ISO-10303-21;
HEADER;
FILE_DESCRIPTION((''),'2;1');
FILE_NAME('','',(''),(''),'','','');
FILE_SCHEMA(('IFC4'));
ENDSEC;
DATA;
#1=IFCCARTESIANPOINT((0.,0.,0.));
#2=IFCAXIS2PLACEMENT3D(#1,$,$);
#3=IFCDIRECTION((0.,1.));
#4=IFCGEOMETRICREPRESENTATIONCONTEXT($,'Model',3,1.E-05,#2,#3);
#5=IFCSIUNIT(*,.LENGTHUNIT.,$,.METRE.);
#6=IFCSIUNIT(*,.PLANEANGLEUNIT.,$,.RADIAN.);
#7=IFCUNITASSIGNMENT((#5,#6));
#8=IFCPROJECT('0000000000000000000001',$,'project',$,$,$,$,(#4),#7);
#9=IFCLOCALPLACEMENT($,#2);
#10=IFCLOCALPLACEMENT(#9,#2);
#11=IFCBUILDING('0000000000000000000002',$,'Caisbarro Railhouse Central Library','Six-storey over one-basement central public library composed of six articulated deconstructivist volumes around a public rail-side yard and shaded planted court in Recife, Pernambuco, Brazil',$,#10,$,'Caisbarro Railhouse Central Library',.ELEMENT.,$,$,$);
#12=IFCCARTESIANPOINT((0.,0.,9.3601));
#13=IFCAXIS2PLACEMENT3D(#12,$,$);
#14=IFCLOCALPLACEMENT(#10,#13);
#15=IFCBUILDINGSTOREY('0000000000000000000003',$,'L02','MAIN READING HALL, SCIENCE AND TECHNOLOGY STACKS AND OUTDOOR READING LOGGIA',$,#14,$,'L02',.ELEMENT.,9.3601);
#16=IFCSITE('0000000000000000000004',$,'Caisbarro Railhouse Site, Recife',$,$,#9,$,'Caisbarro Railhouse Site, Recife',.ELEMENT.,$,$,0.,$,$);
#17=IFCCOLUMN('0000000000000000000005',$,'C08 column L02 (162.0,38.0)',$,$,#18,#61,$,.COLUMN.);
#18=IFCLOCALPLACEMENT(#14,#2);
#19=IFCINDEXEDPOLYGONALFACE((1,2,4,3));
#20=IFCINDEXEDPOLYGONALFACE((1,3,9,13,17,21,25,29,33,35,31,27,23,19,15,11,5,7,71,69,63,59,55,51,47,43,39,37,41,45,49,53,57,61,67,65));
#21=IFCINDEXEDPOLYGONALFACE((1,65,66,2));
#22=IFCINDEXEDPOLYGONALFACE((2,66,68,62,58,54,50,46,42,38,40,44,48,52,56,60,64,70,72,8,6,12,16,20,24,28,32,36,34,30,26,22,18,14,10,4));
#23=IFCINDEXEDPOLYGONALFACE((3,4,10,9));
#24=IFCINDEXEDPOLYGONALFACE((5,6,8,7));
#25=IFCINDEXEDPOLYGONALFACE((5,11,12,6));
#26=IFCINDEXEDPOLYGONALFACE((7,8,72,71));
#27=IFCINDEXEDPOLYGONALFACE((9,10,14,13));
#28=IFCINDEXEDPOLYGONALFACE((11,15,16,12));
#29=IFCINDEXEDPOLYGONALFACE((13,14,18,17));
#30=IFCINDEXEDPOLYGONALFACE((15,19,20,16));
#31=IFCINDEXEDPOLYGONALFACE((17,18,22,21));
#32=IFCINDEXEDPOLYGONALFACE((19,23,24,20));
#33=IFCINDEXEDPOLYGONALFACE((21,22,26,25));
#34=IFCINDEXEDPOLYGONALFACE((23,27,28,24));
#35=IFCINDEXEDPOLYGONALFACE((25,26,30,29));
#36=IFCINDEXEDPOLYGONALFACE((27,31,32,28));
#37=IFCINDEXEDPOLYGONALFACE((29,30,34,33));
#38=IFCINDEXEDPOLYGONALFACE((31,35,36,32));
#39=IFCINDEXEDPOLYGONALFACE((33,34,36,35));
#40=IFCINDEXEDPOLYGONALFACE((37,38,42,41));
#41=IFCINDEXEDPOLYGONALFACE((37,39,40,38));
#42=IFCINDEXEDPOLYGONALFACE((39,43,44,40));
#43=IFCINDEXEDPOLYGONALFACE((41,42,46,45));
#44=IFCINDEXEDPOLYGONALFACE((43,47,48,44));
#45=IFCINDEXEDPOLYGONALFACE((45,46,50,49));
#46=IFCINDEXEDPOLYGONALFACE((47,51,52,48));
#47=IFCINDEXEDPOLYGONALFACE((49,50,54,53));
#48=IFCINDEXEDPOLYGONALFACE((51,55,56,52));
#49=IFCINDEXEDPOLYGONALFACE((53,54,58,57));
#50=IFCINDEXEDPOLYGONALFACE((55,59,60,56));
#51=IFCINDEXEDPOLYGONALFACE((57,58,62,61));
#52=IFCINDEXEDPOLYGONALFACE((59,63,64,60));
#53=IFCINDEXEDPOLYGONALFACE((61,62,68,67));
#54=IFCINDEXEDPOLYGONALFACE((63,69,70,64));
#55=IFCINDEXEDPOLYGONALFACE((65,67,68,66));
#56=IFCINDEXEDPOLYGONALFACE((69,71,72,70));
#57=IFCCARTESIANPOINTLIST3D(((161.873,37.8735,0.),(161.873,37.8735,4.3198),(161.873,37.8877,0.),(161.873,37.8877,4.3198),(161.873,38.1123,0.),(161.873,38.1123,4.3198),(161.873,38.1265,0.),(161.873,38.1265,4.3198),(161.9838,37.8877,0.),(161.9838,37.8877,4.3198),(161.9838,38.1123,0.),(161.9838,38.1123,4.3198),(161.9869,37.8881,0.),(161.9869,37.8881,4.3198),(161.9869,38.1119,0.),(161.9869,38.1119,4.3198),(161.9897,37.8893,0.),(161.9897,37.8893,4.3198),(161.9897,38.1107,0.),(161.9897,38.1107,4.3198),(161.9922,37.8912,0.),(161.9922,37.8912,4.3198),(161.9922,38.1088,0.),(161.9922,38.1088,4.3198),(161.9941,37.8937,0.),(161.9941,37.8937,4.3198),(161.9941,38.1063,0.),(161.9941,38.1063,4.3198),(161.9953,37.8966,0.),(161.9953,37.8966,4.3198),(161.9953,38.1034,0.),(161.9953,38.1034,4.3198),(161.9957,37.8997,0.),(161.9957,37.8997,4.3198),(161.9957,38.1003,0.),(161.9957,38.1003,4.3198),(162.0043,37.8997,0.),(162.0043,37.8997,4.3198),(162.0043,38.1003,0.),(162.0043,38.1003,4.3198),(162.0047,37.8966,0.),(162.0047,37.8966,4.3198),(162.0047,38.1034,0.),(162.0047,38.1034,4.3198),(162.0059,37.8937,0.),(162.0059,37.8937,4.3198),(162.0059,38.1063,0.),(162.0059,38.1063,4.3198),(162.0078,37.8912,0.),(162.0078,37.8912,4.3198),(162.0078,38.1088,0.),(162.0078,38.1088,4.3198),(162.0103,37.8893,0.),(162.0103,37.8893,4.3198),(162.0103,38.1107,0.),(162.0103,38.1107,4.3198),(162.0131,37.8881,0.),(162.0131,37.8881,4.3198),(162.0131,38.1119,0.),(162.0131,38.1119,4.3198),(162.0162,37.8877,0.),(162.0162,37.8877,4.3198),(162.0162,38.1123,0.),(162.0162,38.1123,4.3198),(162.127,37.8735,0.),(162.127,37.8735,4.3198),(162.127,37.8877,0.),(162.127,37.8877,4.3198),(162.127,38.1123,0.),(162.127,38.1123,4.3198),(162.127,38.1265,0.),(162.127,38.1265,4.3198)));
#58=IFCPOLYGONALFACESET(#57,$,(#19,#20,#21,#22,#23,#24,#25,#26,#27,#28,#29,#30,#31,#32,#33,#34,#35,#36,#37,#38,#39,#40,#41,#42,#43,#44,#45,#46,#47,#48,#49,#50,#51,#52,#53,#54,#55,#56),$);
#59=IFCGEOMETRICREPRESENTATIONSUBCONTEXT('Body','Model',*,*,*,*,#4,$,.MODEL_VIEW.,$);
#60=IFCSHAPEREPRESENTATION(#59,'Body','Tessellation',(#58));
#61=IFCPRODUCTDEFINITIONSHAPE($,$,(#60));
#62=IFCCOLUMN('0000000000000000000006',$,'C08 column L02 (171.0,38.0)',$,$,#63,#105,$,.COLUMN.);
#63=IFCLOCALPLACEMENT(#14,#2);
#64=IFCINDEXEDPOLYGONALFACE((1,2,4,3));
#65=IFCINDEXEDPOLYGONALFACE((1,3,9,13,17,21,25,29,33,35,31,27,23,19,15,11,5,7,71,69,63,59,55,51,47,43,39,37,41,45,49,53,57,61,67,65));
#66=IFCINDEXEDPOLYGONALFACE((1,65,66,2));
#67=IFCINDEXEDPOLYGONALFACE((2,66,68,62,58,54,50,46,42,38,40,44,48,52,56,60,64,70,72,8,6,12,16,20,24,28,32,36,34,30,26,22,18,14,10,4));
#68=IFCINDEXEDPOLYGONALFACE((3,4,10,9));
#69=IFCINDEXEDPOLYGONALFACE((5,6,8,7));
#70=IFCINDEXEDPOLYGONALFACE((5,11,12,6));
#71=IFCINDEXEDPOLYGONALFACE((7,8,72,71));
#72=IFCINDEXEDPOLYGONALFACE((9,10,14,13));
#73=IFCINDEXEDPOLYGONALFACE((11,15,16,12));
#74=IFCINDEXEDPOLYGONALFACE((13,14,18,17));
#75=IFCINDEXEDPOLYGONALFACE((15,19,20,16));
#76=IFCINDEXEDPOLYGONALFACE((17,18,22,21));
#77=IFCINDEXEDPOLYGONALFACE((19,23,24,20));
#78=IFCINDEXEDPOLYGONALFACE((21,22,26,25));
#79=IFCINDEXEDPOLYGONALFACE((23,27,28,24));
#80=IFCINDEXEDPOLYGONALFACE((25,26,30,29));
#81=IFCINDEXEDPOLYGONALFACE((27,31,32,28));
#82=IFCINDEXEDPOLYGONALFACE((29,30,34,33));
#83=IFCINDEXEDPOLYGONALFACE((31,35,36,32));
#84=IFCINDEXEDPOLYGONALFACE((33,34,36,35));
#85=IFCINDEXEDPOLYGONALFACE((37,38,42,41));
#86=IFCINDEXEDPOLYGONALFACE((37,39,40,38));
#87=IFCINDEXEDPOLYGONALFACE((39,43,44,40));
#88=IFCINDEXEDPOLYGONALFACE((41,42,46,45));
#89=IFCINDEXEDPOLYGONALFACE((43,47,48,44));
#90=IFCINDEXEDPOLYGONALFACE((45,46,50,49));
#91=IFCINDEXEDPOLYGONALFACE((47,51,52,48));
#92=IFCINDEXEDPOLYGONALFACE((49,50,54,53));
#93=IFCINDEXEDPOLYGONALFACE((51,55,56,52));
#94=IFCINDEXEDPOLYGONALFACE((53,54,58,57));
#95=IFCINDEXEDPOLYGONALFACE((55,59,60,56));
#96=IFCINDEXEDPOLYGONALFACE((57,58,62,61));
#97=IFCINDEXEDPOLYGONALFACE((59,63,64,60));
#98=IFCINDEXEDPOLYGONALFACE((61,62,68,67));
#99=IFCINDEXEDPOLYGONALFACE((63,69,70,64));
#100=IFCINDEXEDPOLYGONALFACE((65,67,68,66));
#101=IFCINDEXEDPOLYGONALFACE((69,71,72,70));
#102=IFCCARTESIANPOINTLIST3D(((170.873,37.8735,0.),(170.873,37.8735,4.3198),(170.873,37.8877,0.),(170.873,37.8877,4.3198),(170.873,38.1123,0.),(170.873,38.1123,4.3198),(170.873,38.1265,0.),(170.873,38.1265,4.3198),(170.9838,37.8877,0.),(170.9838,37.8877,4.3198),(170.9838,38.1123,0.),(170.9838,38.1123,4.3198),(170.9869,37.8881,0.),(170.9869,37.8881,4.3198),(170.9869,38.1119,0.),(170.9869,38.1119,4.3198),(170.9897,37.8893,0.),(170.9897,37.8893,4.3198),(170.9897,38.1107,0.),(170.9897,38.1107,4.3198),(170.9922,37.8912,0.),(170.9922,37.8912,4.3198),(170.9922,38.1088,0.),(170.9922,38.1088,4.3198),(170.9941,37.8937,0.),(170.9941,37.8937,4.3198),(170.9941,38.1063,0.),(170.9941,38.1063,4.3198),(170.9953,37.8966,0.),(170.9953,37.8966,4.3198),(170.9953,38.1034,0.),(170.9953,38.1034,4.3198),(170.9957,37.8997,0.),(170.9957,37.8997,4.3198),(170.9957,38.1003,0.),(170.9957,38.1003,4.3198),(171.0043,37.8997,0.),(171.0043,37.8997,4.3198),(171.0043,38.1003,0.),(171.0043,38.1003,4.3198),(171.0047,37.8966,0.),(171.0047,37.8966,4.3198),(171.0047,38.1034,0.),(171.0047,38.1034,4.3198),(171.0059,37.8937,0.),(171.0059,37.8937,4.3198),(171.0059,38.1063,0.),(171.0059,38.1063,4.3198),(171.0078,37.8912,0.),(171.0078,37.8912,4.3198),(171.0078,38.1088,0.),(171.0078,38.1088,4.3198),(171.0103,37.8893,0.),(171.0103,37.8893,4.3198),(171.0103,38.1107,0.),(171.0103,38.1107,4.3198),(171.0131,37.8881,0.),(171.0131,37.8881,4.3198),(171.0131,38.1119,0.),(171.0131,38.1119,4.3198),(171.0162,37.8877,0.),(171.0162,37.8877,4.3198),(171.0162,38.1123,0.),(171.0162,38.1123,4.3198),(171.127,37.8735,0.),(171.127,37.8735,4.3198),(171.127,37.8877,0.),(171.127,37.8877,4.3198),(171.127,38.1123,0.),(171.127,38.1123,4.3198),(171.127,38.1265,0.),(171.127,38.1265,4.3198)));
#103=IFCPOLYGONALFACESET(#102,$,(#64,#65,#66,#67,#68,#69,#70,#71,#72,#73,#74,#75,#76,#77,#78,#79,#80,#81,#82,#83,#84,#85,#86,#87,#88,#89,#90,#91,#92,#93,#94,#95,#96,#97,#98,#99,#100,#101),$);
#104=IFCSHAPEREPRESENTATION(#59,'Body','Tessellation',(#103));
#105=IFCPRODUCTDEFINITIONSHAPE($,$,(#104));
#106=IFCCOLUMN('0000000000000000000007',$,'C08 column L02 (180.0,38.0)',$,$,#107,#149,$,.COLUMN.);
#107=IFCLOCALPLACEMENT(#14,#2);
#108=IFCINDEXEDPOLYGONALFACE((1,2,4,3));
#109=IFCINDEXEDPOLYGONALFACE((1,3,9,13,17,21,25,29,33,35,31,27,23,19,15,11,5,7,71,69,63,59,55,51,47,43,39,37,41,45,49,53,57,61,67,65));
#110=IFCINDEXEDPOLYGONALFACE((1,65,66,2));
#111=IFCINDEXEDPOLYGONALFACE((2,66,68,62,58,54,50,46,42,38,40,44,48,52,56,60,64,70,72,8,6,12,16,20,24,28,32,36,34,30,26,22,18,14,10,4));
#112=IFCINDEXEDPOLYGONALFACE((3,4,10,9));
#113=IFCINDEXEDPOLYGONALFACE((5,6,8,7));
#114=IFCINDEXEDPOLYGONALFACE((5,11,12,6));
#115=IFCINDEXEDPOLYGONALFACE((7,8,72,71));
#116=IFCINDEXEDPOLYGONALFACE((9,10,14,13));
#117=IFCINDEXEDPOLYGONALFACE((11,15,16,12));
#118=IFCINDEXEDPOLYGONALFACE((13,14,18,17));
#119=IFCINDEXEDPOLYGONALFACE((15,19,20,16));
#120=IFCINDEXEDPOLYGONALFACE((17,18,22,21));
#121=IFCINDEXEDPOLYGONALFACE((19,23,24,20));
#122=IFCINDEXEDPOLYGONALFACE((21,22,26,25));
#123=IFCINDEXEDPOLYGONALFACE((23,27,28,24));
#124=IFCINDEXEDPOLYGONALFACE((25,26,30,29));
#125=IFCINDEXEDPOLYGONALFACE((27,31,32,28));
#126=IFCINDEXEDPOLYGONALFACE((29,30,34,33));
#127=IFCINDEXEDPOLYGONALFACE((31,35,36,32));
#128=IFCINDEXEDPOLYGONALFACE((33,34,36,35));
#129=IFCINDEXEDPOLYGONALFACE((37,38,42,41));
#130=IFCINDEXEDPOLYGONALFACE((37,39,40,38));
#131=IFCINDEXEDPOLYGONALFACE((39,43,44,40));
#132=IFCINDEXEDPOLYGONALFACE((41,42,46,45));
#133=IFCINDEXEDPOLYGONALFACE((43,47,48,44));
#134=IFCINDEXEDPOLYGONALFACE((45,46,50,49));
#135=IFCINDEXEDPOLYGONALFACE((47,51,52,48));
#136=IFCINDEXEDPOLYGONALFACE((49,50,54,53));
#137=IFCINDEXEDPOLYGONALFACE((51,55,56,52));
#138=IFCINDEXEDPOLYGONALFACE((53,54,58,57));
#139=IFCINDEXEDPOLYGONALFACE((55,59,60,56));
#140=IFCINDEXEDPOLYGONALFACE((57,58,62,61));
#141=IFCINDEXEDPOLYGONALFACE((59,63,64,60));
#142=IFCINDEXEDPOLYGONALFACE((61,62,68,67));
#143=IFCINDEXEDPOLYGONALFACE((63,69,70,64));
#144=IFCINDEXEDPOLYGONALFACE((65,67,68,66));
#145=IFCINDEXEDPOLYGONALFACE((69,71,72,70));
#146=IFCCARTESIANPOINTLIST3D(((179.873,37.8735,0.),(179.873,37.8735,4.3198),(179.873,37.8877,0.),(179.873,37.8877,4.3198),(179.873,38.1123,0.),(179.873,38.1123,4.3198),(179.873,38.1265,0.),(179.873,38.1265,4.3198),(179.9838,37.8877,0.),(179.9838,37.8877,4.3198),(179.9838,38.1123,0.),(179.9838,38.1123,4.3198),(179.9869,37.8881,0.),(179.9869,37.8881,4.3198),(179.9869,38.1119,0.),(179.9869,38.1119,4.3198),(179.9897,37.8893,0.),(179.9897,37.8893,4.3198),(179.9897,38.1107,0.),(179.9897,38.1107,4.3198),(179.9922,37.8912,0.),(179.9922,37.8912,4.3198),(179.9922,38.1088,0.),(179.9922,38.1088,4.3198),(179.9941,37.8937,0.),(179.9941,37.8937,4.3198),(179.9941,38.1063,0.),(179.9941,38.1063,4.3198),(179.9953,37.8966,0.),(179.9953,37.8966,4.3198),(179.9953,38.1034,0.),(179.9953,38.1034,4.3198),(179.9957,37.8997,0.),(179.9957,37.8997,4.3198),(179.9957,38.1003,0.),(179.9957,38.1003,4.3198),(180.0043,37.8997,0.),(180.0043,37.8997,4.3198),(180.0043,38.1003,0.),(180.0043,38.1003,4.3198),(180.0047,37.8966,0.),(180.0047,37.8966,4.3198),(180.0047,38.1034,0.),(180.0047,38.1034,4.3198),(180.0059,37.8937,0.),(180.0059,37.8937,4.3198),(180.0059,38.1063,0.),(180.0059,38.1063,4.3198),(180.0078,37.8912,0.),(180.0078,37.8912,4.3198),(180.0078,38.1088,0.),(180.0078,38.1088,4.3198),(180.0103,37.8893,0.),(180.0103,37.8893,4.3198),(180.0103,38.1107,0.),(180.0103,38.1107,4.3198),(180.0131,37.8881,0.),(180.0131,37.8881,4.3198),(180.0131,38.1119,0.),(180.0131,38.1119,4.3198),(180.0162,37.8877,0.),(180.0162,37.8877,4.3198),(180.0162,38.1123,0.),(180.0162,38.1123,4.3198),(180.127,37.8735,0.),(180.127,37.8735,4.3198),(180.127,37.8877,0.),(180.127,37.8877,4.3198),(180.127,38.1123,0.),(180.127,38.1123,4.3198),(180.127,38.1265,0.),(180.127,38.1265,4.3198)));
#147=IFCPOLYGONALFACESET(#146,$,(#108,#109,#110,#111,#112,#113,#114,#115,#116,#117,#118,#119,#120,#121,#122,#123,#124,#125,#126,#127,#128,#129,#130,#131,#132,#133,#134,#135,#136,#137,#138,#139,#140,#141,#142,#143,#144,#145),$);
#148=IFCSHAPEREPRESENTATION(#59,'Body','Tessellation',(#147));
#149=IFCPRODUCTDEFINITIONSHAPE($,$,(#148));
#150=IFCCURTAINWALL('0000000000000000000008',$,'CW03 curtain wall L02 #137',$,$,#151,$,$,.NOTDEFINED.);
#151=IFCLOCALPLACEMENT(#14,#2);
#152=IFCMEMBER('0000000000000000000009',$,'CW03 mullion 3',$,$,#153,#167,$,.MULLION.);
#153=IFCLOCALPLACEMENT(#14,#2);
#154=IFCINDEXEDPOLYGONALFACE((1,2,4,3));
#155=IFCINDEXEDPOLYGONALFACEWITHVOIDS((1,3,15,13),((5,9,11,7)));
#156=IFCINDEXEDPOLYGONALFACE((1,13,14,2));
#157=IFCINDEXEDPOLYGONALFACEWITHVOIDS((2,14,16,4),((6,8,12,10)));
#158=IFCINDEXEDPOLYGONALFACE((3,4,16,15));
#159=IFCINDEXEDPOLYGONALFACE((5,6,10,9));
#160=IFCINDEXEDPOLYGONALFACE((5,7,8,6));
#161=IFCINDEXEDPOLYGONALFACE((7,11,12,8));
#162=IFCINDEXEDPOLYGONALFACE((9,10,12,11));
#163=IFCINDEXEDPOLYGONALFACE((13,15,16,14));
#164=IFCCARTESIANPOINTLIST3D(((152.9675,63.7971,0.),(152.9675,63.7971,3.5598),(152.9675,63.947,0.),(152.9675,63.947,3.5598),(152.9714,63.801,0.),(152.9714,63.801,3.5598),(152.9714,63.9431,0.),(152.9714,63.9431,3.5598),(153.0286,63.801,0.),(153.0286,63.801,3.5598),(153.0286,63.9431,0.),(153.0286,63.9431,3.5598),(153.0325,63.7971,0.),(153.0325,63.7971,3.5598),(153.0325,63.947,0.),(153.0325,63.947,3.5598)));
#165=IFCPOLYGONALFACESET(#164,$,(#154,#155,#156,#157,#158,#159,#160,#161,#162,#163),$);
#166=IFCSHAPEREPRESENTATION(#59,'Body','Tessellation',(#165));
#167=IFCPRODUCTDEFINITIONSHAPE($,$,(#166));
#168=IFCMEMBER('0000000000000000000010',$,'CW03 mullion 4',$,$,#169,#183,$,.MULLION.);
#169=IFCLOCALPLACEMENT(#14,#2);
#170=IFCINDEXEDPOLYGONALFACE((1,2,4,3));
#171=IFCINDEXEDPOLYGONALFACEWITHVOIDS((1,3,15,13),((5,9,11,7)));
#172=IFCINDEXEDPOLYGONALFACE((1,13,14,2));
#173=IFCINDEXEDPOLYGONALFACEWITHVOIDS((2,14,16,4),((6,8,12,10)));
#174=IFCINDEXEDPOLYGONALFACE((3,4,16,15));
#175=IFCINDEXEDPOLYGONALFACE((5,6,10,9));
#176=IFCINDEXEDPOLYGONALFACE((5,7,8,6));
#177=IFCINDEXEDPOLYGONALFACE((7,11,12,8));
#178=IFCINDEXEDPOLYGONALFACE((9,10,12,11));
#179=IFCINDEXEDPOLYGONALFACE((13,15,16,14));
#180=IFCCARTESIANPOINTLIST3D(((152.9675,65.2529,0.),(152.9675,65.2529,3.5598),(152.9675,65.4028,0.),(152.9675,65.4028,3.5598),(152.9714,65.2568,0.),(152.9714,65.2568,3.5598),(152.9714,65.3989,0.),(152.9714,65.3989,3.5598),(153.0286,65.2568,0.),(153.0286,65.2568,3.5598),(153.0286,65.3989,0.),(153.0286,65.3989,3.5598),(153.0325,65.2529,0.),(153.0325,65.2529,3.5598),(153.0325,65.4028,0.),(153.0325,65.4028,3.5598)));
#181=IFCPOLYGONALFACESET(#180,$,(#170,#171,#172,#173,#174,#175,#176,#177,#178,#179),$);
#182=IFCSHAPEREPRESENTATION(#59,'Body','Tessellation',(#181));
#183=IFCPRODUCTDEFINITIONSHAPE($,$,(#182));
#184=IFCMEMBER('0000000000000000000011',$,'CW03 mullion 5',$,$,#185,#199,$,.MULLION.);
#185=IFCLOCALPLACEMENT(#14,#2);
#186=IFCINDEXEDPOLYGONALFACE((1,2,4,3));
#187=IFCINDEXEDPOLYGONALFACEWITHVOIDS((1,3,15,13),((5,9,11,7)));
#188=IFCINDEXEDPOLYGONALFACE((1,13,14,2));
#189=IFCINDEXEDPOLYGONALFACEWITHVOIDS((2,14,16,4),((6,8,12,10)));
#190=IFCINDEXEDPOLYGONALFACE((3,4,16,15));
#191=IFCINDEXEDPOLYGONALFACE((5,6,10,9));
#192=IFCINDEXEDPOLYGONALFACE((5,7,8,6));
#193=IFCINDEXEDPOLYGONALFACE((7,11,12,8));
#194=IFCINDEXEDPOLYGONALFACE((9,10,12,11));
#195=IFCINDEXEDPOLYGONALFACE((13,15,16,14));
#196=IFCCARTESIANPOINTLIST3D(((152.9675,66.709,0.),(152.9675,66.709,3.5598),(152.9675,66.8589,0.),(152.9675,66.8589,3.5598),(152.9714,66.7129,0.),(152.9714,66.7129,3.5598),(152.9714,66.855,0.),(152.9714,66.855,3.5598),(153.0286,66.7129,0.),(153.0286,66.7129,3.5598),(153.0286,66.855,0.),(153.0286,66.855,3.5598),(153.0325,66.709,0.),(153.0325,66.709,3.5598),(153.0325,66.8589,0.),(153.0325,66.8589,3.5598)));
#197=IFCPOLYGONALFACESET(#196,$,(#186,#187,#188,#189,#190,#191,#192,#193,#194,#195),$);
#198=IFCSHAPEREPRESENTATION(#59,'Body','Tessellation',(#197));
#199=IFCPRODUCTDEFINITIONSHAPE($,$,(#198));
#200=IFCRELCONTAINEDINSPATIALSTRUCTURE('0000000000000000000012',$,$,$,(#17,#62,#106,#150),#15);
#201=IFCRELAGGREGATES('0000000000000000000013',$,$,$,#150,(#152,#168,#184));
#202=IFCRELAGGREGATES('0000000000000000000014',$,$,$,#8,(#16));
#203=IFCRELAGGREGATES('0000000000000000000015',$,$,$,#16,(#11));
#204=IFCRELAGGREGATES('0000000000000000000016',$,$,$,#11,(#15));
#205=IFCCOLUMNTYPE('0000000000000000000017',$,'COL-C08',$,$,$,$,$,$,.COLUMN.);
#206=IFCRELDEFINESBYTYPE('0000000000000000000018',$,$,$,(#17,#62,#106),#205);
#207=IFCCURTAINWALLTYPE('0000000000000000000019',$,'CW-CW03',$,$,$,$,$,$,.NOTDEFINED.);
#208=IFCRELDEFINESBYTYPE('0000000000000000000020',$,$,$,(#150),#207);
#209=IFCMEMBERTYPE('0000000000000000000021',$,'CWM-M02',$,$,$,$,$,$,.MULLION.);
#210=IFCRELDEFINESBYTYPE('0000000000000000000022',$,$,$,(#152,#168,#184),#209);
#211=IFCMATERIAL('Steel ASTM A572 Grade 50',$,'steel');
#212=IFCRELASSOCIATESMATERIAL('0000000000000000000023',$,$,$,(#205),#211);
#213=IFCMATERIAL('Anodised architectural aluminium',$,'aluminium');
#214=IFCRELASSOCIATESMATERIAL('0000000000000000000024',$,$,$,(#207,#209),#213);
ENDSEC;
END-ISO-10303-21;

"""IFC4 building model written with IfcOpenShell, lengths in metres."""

from ifc_helpers import new_model, si_unit, direction, frame, origin, origin_2d, place, context, subcontext, project, spatial, hollow_rectangle, i_section, extrude, material, material_profile, profile_set, type_object, element, aggregate, save


model = new_model("IFC4")

# Units and contexts
model_context = context("Model", 3, precision=1e-05, world=origin(), true_north=direction((0.0, 1.0)))
body_context = subcontext(model_context, "Body", "Model", "MODEL_VIEW")
ifc_project = project(units=[si_unit("LENGTHUNIT", "METRE"), si_unit("PLANEANGLEUNIT", "RADIAN")], contexts=[model_context])

# Site, building, storey
site_placement = place(None, origin())
site = spatial("IfcSite", under=ifc_project, at=site_placement, Name="Caisbarro Railhouse Site, Recife", LongName="Caisbarro Railhouse Site, Recife", CompositionType="ELEMENT", RefElevation=0.0)
building_placement = place(site_placement, origin())
building = spatial("IfcBuilding", under=site, at=building_placement, Name="Caisbarro Railhouse Central Library", Description="Six-storey over one-basement central public library composed of six articulated deconstructivist volumes around a public rail-side yard and shaded planted court in Recife, Pernambuco, Brazil", LongName="Caisbarro Railhouse Central Library", CompositionType="ELEMENT")
storey_placement = place(building_placement, frame((0.0, 0.0, 9.3601)))
storey = spatial("IfcBuildingStorey", under=building, at=storey_placement, Name="L02", Description="MAIN READING HALL, SCIENCE AND TECHNOLOGY STACKS AND OUTDOOR READING LOGGIA", LongName="L02", CompositionType="ELEMENT", Elevation=9.3601)

# Columns
ifc_material_1 = material(Name="Steel ASTM A572 Grade 50", Category="steel")
ifc_material_profile_1 = material_profile(ifc_material_1, i_section(OverallWidth=0.2539, OverallDepth=0.2529, WebThickness=0.0085, FlangeThickness=0.0142, FilletRadius=0.012, at=origin_2d()), Name="W250X73.0")
ifc_profile_set_1 = profile_set([ifc_material_profile_1], Name="Steel ASTM A572 Grade 50")
column_type = type_object("IfcColumnType", Name="COL-C08", PredefinedType="COLUMN", material=ifc_profile_set_1)
for number, where, z_axis, x_axis, name in (
    (1, (162.0, 38.0, 0.0), (0.0, 0.0, 1.0), (1.0, 0.0, 0.0), "C08 column L02 (162.0,38.0)"),
    (2, (171.0, 38.0, 0.0), (0.0, 0.0, 1.0), (1.0, 0.0, 0.0), "C08 column L02 (171.0,38.0)"),
    (3, (180.0, 38.0, 0.0), (0.0, 0.0, 1.0), (1.0, 0.0, 0.0), "C08 column L02 (180.0,38.0)"),
):
    element("IfcColumn", number, at=place(storey_placement, frame(where, z_axis=z_axis, x_axis=x_axis)), inside=storey, type_object=column_type, Name=name, PredefinedType="COLUMN", context=body_context, shape_type="SweptSolid", body=[
        extrude(i_section(OverallWidth=0.2539, OverallDepth=0.2529, WebThickness=0.0085, FlangeThickness=0.0142, FilletRadius=0.012, at=origin_2d()), origin(), (0.0, 0.0, 1.0), 4.3198),
    ])

# Curtain wall, members
ifc_material_2 = material(Name="Anodised architectural aluminium", Category="aluminium")
curtain_wall_type = type_object("IfcCurtainWallType", Name="CW-CW03", PredefinedType="NOTDEFINED", material=ifc_material_2)
curtain_wall_placement = place(storey_placement, origin())
curtain_wall = element("IfcCurtainWall", 4, at=curtain_wall_placement, inside=storey, type_object=curtain_wall_type, Name="CW03 curtain wall L02 #137", PredefinedType="NOTDEFINED")
ifc_material_profile_2 = material_profile(ifc_material_2, hollow_rectangle(XDim=0.0649, YDim=0.1499, WallThickness=0.0039, at=origin_2d()), Name="ALU-MUL-65X150")
ifc_profile_set_2 = profile_set([ifc_material_profile_2], Name="Anodised architectural aluminium")
member_type_1 = type_object("IfcMemberType", Name="CWM-M02", PredefinedType="MULLION", material=ifc_profile_set_2)
member_1_placement = place(storey_placement, frame((153.0, 63.8721, 0.0), z_axis=(0.0, 0.0, 1.0), x_axis=(-1.0, 0.0, 0.0)))
member_1 = element("IfcMember", 5, at=member_1_placement, type_object=member_type_1, Name="CW03 mullion 3", PredefinedType="MULLION", context=body_context, shape_type="SweptSolid", body=[
    extrude(hollow_rectangle(XDim=0.0649, YDim=0.1499, WallThickness=0.0039, at=origin_2d()), origin(), (0.0, 0.0, 1.0), 3.5598),
])
member_2_placement = place(storey_placement, frame((153.0, 65.3279, 0.0), z_axis=(0.0, 0.0, 1.0), x_axis=(-1.0, 0.0, 0.0)))
member_2 = element("IfcMember", 6, at=member_2_placement, type_object=member_type_1, Name="CW03 mullion 4", PredefinedType="MULLION", context=body_context, shape_type="SweptSolid", body=[
    extrude(hollow_rectangle(XDim=0.0649, YDim=0.1499, WallThickness=0.0039, at=origin_2d()), origin(), (0.0, 0.0, 1.0), 3.5598),
])
member_3_placement = place(storey_placement, frame((153.0, 66.7839, 0.0), z_axis=(0.0, 0.0, 1.0), x_axis=(-1.0, 0.0, 0.0)))
member_3 = element("IfcMember", 7, at=member_3_placement, type_object=member_type_1, Name="CW03 mullion 5", PredefinedType="MULLION", context=body_context, shape_type="SweptSolid", body=[
    extrude(hollow_rectangle(XDim=0.0649, YDim=0.1499, WallThickness=0.0039, at=origin_2d()), origin(), (0.0, 0.0, 1.0), 3.5598),
])
aggregate(curtain_wall, [member_1, member_2, member_3])

save(model, "model.ifc")
